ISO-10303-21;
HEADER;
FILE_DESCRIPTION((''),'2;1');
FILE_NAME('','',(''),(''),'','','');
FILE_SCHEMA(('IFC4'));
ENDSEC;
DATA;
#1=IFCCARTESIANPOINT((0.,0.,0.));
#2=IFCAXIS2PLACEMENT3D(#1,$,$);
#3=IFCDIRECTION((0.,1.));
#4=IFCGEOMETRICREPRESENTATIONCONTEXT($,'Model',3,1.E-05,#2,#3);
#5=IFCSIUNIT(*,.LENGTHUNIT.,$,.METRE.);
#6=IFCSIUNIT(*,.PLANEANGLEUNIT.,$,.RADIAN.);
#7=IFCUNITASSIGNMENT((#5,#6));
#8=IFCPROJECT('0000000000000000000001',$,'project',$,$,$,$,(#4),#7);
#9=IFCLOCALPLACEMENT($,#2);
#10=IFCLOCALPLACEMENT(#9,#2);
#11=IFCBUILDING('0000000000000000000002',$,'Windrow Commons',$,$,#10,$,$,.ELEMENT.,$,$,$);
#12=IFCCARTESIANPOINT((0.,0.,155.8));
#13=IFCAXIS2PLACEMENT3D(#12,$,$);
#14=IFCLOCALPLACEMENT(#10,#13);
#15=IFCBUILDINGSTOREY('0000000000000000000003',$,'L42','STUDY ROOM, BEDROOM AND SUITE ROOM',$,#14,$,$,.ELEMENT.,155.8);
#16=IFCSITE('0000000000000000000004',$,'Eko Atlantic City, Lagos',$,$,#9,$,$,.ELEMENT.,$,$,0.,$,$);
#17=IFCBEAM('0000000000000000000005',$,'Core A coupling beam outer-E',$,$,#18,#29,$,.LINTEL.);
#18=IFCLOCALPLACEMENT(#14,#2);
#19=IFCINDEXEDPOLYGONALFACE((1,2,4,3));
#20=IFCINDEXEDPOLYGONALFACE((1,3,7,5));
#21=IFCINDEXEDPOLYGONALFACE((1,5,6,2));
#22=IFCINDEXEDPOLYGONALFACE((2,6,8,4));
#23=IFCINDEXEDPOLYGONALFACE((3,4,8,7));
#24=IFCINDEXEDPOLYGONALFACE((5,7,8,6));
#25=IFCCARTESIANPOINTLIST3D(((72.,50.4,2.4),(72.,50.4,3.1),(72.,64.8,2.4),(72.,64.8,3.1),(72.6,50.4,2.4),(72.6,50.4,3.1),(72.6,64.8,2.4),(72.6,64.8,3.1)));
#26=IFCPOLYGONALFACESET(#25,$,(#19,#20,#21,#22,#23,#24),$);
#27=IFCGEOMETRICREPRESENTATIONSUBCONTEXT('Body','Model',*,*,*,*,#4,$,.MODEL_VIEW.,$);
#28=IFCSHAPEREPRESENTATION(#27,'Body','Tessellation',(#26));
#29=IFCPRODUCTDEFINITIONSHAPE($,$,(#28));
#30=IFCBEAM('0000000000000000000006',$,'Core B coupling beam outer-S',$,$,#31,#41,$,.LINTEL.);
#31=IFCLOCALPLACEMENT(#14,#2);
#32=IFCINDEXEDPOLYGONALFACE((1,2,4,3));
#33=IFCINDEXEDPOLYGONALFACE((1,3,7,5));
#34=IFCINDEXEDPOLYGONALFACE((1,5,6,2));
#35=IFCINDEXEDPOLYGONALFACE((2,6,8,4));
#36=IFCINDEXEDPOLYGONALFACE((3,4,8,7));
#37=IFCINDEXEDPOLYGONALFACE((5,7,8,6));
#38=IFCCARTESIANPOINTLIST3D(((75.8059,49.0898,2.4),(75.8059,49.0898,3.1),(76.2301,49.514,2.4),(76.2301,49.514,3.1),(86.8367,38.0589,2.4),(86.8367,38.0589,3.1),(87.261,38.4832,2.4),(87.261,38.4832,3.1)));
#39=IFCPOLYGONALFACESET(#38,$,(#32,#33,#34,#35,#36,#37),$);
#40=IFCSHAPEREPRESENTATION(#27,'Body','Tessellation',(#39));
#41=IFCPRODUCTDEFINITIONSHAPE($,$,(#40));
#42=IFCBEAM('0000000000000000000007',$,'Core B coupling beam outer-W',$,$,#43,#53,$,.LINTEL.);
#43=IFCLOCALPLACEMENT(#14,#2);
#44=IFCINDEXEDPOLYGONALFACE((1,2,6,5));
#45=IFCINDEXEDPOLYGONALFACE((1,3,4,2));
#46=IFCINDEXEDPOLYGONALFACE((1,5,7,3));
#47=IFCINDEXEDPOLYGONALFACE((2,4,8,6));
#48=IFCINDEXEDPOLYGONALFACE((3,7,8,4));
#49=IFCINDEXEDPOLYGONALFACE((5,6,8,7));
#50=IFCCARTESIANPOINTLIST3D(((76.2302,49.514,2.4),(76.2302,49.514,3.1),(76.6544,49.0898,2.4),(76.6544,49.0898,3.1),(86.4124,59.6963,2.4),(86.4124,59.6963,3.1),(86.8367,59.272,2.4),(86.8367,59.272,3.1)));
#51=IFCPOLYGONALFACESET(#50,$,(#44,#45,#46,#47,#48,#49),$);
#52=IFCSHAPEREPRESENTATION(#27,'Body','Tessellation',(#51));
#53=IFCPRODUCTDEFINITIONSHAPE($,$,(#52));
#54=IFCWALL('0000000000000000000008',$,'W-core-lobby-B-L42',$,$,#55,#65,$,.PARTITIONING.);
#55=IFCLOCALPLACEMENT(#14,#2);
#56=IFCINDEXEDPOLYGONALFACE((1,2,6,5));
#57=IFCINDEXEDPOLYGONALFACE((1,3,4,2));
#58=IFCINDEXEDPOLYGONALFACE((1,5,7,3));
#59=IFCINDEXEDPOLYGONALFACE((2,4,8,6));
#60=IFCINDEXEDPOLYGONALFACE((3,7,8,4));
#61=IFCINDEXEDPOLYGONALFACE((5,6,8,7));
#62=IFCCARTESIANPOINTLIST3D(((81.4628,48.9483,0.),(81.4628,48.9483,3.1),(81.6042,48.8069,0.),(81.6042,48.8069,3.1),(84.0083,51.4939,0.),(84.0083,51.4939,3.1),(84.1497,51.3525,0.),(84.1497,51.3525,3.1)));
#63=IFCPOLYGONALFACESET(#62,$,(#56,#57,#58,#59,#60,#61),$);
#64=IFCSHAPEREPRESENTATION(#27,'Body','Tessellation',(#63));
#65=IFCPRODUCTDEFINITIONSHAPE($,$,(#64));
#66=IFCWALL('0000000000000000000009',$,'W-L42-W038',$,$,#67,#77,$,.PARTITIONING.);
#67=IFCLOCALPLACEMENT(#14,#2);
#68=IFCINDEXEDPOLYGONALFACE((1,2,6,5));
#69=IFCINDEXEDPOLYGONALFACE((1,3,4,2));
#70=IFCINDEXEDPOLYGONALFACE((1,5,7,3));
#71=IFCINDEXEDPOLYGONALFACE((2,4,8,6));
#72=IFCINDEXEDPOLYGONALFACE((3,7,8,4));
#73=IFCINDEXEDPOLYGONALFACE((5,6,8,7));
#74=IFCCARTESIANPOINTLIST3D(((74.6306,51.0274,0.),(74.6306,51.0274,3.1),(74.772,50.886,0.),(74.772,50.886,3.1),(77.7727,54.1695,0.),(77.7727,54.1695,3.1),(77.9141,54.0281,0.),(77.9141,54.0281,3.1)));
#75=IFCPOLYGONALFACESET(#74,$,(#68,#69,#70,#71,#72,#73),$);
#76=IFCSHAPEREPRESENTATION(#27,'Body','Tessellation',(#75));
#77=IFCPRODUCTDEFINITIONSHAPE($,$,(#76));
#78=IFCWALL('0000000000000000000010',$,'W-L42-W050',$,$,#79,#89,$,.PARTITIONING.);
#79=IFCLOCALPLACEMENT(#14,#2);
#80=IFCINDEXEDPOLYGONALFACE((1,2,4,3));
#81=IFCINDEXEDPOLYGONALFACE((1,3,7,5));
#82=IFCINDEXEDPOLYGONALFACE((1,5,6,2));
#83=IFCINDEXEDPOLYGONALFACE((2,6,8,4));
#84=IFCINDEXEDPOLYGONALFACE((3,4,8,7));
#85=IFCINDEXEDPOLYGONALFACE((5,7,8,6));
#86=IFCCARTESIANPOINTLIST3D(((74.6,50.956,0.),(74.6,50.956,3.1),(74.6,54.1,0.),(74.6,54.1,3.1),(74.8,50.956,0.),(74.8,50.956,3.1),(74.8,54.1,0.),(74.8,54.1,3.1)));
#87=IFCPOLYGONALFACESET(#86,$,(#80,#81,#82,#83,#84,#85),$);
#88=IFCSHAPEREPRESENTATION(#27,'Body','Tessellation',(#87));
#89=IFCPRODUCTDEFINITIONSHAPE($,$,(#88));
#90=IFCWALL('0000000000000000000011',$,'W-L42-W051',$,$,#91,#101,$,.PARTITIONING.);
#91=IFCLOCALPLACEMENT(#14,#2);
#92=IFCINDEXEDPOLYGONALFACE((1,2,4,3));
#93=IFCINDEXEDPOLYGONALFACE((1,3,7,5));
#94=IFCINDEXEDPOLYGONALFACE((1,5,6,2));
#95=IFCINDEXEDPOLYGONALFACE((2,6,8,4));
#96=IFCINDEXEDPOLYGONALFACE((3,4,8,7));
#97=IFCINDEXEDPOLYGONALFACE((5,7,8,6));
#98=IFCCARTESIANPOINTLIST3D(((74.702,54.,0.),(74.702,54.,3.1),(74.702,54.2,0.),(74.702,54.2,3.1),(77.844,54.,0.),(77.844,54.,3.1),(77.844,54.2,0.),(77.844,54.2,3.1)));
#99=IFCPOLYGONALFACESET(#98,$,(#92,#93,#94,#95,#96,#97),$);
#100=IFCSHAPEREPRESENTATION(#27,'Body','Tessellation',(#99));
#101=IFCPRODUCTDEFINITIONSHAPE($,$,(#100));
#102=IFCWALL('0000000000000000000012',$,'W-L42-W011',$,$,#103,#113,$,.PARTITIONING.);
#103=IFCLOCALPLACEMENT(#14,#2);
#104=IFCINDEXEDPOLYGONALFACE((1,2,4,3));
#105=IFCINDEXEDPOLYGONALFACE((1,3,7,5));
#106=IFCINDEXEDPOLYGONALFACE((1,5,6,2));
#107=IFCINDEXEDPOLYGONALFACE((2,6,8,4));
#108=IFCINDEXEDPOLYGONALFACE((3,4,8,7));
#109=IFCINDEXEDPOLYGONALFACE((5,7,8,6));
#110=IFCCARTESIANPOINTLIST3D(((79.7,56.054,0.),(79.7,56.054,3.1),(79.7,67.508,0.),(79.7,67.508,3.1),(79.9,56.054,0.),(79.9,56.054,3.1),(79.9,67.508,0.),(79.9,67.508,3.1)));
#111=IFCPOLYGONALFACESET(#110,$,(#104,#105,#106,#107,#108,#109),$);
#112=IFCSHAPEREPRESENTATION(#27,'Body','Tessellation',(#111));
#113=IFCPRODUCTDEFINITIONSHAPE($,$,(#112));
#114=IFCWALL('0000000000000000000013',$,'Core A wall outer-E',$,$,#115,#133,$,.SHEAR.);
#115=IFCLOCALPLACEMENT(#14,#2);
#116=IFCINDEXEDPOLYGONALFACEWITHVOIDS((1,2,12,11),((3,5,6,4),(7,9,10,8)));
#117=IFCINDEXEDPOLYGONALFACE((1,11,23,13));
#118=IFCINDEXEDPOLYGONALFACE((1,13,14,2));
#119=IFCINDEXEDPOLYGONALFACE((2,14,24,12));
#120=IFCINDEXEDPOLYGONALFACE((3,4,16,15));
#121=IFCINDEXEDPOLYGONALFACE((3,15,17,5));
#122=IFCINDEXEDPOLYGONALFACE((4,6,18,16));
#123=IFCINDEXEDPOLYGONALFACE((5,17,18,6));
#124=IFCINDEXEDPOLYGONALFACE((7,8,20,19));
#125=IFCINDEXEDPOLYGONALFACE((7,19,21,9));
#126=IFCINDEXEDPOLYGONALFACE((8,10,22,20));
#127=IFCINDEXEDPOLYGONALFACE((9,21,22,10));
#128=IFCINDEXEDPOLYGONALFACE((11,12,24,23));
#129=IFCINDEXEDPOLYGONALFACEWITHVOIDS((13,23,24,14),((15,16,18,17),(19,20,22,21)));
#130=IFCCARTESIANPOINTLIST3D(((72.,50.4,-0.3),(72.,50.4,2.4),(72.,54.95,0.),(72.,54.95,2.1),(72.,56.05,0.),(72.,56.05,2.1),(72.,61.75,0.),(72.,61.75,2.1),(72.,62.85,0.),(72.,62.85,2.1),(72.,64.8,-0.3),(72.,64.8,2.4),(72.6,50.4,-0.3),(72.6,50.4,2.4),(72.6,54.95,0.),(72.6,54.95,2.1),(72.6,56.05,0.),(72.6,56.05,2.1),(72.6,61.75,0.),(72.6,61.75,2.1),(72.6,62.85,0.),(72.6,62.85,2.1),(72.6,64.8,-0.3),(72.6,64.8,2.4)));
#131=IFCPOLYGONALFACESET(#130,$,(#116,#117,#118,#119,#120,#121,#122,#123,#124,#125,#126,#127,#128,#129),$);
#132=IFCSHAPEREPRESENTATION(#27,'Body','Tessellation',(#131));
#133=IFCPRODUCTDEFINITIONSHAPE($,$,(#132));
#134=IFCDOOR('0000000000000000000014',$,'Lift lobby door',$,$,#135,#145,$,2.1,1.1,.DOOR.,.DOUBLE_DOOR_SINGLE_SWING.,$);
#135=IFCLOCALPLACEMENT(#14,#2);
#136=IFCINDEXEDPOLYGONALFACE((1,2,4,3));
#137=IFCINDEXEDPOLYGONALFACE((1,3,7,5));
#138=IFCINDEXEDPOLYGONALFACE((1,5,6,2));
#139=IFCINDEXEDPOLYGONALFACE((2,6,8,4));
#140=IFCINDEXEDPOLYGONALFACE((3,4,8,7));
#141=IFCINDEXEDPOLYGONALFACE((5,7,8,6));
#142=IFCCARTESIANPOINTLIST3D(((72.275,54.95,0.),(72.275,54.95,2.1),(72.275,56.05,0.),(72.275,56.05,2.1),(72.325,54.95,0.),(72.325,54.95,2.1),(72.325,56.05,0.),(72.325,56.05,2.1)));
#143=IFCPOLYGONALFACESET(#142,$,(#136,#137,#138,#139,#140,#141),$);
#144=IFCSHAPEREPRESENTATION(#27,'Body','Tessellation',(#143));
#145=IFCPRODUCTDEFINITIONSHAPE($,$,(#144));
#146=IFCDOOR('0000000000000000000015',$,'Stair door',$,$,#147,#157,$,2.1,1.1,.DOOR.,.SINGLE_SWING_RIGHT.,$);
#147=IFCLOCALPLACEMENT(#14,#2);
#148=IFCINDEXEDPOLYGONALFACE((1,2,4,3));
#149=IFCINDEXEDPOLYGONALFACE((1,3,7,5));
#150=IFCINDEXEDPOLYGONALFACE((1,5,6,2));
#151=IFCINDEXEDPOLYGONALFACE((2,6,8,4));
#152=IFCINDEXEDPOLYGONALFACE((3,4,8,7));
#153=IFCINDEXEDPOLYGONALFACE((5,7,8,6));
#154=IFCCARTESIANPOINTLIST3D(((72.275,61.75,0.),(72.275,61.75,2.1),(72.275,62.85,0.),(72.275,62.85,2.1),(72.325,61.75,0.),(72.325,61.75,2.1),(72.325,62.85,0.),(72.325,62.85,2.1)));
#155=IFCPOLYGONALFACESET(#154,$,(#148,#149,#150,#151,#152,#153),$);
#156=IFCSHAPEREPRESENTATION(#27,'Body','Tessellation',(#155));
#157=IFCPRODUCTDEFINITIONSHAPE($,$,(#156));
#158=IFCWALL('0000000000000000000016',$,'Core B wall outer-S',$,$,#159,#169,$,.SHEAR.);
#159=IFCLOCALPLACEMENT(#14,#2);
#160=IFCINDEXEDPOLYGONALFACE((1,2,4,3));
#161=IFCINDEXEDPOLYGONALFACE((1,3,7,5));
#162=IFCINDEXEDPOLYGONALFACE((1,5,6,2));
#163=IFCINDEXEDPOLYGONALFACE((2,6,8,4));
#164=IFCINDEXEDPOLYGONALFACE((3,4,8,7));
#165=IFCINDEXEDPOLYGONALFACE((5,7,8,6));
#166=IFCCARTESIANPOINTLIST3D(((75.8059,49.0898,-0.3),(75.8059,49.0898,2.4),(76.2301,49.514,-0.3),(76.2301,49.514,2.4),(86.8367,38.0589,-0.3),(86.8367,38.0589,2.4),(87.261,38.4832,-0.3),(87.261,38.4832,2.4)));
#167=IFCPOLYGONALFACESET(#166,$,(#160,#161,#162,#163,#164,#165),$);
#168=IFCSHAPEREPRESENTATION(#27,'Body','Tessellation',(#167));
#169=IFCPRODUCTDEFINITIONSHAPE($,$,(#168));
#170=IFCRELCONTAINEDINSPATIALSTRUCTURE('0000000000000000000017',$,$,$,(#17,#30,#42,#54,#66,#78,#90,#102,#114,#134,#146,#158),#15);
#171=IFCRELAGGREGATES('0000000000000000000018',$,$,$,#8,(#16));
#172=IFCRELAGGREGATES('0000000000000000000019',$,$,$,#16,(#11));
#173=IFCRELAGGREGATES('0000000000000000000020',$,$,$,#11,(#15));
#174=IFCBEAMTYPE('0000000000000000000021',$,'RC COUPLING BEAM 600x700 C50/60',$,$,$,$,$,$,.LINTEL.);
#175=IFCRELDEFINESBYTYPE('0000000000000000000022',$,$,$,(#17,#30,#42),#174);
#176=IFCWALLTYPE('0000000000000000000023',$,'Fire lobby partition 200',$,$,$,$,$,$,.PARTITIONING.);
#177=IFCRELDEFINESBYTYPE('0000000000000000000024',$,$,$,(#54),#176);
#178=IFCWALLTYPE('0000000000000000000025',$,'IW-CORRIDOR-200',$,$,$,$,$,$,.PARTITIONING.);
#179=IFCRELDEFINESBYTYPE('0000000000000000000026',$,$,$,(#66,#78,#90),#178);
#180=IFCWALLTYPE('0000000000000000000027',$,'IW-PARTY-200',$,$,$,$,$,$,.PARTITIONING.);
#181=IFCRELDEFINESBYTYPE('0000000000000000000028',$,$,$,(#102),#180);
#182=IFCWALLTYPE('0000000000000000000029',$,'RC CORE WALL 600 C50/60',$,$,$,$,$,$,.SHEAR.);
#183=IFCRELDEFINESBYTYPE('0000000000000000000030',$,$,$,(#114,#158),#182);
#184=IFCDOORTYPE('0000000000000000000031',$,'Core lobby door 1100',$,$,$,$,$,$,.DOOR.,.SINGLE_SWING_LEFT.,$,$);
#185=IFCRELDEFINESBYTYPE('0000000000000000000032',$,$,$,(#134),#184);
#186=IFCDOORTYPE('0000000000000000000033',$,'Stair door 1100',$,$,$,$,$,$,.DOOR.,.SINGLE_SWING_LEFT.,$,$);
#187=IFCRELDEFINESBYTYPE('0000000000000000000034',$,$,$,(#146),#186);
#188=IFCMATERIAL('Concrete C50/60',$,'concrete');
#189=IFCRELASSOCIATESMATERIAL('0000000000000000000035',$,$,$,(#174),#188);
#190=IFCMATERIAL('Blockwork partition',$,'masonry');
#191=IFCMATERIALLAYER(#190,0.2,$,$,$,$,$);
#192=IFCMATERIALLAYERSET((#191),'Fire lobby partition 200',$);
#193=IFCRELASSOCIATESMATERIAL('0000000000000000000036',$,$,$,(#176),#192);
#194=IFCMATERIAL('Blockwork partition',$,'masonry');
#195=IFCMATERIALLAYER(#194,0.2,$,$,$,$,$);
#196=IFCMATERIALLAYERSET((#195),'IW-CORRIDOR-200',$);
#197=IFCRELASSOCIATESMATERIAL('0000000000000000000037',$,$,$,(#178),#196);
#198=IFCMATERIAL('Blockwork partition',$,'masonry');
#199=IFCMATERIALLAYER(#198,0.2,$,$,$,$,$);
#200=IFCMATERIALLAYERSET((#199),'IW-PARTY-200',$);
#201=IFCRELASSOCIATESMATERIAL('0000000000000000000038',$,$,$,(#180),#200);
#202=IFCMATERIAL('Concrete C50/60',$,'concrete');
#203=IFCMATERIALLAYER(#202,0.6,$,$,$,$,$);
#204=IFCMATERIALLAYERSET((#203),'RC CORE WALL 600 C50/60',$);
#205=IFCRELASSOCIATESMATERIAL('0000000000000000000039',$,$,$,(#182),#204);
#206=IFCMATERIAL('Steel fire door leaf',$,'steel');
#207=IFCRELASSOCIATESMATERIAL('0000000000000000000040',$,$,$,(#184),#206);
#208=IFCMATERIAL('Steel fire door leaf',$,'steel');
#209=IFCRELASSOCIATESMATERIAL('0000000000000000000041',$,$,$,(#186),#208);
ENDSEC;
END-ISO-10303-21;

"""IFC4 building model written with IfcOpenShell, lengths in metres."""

from ifc_helpers import new_model, si_unit, direction, frame, frame_2d, origin, origin_2d, place, context, subcontext, project, spatial, rectangle, extrude, material, layer, layer_set, material_profile, profile_set, type_object, element, fill, save


model = new_model("IFC4")

# Units and contexts
model_context = context("Model", 3, precision=1e-05, world=origin(), true_north=direction((0.0, 1.0)))
body_context = subcontext(model_context, "Body", "Model", "MODEL_VIEW")
ifc_project = project(units=[si_unit("LENGTHUNIT", "METRE"), si_unit("PLANEANGLEUNIT", "RADIAN")], contexts=[model_context])

# Site, building, storey
site_placement = place(None, origin())
site = spatial("IfcSite", under=ifc_project, at=site_placement, Name="Eko Atlantic City, Lagos", CompositionType="ELEMENT", RefElevation=0.0)
building_placement = place(site_placement, origin())
building = spatial("IfcBuilding", under=site, at=building_placement, Name="Windrow Commons", CompositionType="ELEMENT")
storey_placement = place(building_placement, frame((0.0, 0.0, 155.8)))
storey = spatial("IfcBuildingStorey", under=building, at=storey_placement, Name="L42", Description="STUDY ROOM, BEDROOM AND SUITE ROOM", CompositionType="ELEMENT", Elevation=155.8)

# Beams
ifc_material_1 = material(Name="Concrete C50/60", Category="concrete")
ifc_material_profile = material_profile(ifc_material_1, rectangle(XDim=0.6, YDim=0.7, at=origin_2d()))
ifc_profile_set = profile_set([ifc_material_profile], Name="Concrete C50/60")
beam_type = type_object("IfcBeamType", Name="RC COUPLING BEAM 600x700 C50/60", PredefinedType="LINTEL", material=ifc_profile_set)
beam_1_placement = place(storey_placement, frame((72.3, 50.4, 2.75), z_axis=(0.0, 1.0, 0.0), x_axis=(-1.0, 0.0, 0.0)))
element("IfcBeam", 1, at=beam_1_placement, inside=storey, type_object=beam_type, Name="Core A coupling beam outer-E", PredefinedType="LINTEL", context=body_context, shape_type="SweptSolid", body=[
    extrude(rectangle(XDim=0.6, YDim=0.7, at=origin_2d()), origin(), (0.0, 0.0, 1.0), 14.4),
])
beam_2_placement = place(storey_placement, frame((76.018, 49.3019, 2.75), z_axis=(0.707107, -0.707107, 0.0), x_axis=(0.707107, 0.707107, 0.0)))
element("IfcBeam", 2, at=beam_2_placement, inside=storey, type_object=beam_type, Name="Core B coupling beam outer-S", PredefinedType="LINTEL", context=body_context, shape_type="SweptSolid", body=[
    extrude(rectangle(XDim=0.6, YDim=0.7, at=origin_2d()), origin(), (0.0, 0.0, 1.0), 15.6),
])
beam_3_placement = place(storey_placement, frame((76.4423, 49.3019, 2.75), z_axis=(0.707107, 0.707107, 0.0), x_axis=(-0.707107, 0.707107, 0.0)))
element("IfcBeam", 3, at=beam_3_placement, inside=storey, type_object=beam_type, Name="Core B coupling beam outer-W", PredefinedType="LINTEL", context=body_context, shape_type="SweptSolid", body=[
    extrude(rectangle(XDim=0.6, YDim=0.7, at=origin_2d()), origin(), (0.0, 0.0, 1.0), 14.3999),
])

# Walls
ifc_material_2 = material(Name="Blockwork partition", Category="masonry")
ifc_layer_1 = layer(ifc_material_2, 0.2)
ifc_layer_set_1 = layer_set([ifc_layer_1], Name="Fire lobby partition 200")
wall_type_1 = type_object("IfcWallType", Name="Fire lobby partition 200", PredefinedType="PARTITIONING", material=ifc_layer_set_1)
wall_1_placement = place(storey_placement, frame((81.5335, 48.8776, 0.0), z_axis=(0.0, 0.0, 1.0), x_axis=(0.707093, 0.707121, 0.0)))
element("IfcWall", 4, at=wall_1_placement, inside=storey, type_object=wall_type_1, Name="W-core-lobby-B-L42", PredefinedType="PARTITIONING", context=body_context, shape_type="SweptSolid", body=[
    extrude(rectangle(XDim=3.6, YDim=0.2, at=frame_2d((1.8, 0.0))), origin(), (0.0, 0.0, 1.0), 3.1),
])
ifc_material_3 = material(Name="Blockwork partition", Category="masonry")
ifc_layer_2 = layer(ifc_material_3, 0.2)
ifc_layer_set_2 = layer_set([ifc_layer_2], Name="IW-CORRIDOR-200")
wall_type_2 = type_object("IfcWallType", Name="IW-CORRIDOR-200", PredefinedType="PARTITIONING", material=ifc_layer_set_2)
wall_2_placement = place(storey_placement, frame((74.7013, 50.9567, 0.0), z_axis=(0.0, 0.0, 1.0), x_axis=(0.707107, 0.707107, 0.0)))
element("IfcWall", 5, at=wall_2_placement, inside=storey, type_object=wall_type_2, Name="W-L42-W038", PredefinedType="PARTITIONING", context=body_context, shape_type="SweptSolid", body=[
    extrude(rectangle(XDim=4.4435, YDim=0.2, at=frame_2d((2.2218, 0.0))), origin(), (0.0, 0.0, 1.0), 3.1),
])
wall_3_placement = place(storey_placement, frame((74.7, 50.956, 0.0), z_axis=(0.0, 0.0, 1.0), x_axis=(0.0, 1.0, 0.0)))
element("IfcWall", 6, at=wall_3_placement, inside=storey, type_object=wall_type_2, Name="W-L42-W050", PredefinedType="PARTITIONING", context=body_context, shape_type="SweptSolid", body=[
    extrude(rectangle(XDim=3.144, YDim=0.2, at=frame_2d((1.572, 0.0))), origin(), (0.0, 0.0, 1.0), 3.1),
])
wall_4_placement = place(storey_placement, frame((74.702, 54.1, 0.0), z_axis=(0.0, 0.0, 1.0), x_axis=(1.0, 0.0, 0.0)))
element("IfcWall", 7, at=wall_4_placement, inside=storey, type_object=wall_type_2, Name="W-L42-W051", PredefinedType="PARTITIONING", context=body_context, shape_type="SweptSolid", body=[
    extrude(rectangle(XDim=3.142, YDim=0.2, at=frame_2d((1.571, 0.0))), origin(), (0.0, 0.0, 1.0), 3.1),
])
ifc_material_4 = material(Name="Blockwork partition", Category="masonry")
ifc_layer_3 = layer(ifc_material_4, 0.2)
ifc_layer_set_3 = layer_set([ifc_layer_3], Name="IW-PARTY-200")
wall_type_3 = type_object("IfcWallType", Name="IW-PARTY-200", PredefinedType="PARTITIONING", material=ifc_layer_set_3)
wall_5_placement = place(storey_placement, frame((79.8, 56.054, 0.0), z_axis=(0.0, 0.0, 1.0), x_axis=(0.0, 1.0, 0.0)))
element("IfcWall", 8, at=wall_5_placement, inside=storey, type_object=wall_type_3, Name="W-L42-W011", PredefinedType="PARTITIONING", context=body_context, shape_type="SweptSolid", body=[
    extrude(rectangle(XDim=11.454, YDim=0.2, at=frame_2d((5.727, 0.0))), origin(), (0.0, 0.0, 1.0), 3.1),
])

# Wall, openings, doors
ifc_material_5 = material(Name="Concrete C50/60", Category="concrete")
ifc_layer_4 = layer(ifc_material_5, 0.6)
ifc_layer_set_4 = layer_set([ifc_layer_4], Name="RC CORE WALL 600 C50/60")
wall_type_4 = type_object("IfcWallType", Name="RC CORE WALL 600 C50/60", PredefinedType="SHEAR", material=ifc_layer_set_4)
wall_6_placement = place(storey_placement, frame((72.3, 50.4, -0.3), z_axis=(0.0, 0.0, 1.0), x_axis=(0.0, 1.0, 0.0)))
wall_6 = element("IfcWall", 9, at=wall_6_placement, inside=storey, type_object=wall_type_4, Name="Core A wall outer-E", PredefinedType="SHEAR", context=body_context, shape_type="SweptSolid", body=[
    extrude(rectangle(XDim=14.4, YDim=0.6, at=frame_2d((7.2, 0.0))), origin(), (0.0, 0.0, 1.0), 2.7),
])
opening_1_placement = place(wall_6_placement, frame((4.55, 0.0, 0.3)))
opening_1 = element("IfcOpeningElement", 10, at=opening_1_placement, cuts=wall_6, PredefinedType="OPENING", context=body_context, shape_type="SweptSolid", body=[
    extrude(rectangle(XDim=1.1, YDim=2.1, at=frame_2d((0.55, 1.05))), frame((0.0, 0.31, 0.0), z_axis=(0.0, -1.0, 0.0), x_axis=(1.0, 0.0, 0.0)), (0.0, 0.0, 1.0), 0.62),
])
opening_2_placement = place(wall_6_placement, frame((11.35, 0.0, 0.3)))
opening_2 = element("IfcOpeningElement", 11, at=opening_2_placement, cuts=wall_6, PredefinedType="OPENING", context=body_context, shape_type="SweptSolid", body=[
    extrude(rectangle(XDim=1.1, YDim=2.1, at=frame_2d((0.55, 1.05))), frame((0.0, 0.31, 0.0), z_axis=(0.0, -1.0, 0.0), x_axis=(1.0, 0.0, 0.0)), (0.0, 0.0, 1.0), 0.62),
])
ifc_material_6 = material(Name="Steel fire door leaf", Category="steel")
door_type_1 = type_object("IfcDoorType", Name="Core lobby door 1100", OperationType="SINGLE_SWING_LEFT", PredefinedType="DOOR", material=ifc_material_6)
door_1_placement = place(opening_1_placement, origin())
door_1 = element("IfcDoor", 12, at=door_1_placement, inside=storey, type_object=door_type_1, Name="Lift lobby door", OperationType="DOUBLE_DOOR_SINGLE_SWING", OverallHeight=2.1, OverallWidth=1.1, PredefinedType="DOOR", context=body_context, shape_type="SweptSolid", body=[
    extrude(rectangle(XDim=1.1, YDim=2.1, at=frame_2d((0.55, 1.05))), frame((0.0, 0.025, 0.0), z_axis=(0.0, -1.0, 0.0), x_axis=(1.0, 0.0, 0.0)), (0.0, 0.0, 1.0), 0.05),
])
fill(opening_1, door_1)
ifc_material_7 = material(Name="Steel fire door leaf", Category="steel")
door_type_2 = type_object("IfcDoorType", Name="Stair door 1100", OperationType="SINGLE_SWING_LEFT", PredefinedType="DOOR", material=ifc_material_7)
door_2_placement = place(opening_2_placement, origin())
door_2 = element("IfcDoor", 13, at=door_2_placement, inside=storey, type_object=door_type_2, Name="Stair door", OperationType="SINGLE_SWING_RIGHT", OverallHeight=2.1, OverallWidth=1.1, PredefinedType="DOOR", context=body_context, shape_type="SweptSolid", body=[
    extrude(rectangle(XDim=1.1, YDim=2.1, at=frame_2d((0.55, 1.05))), frame((0.0, 0.025, 0.0), z_axis=(0.0, -1.0, 0.0), x_axis=(1.0, 0.0, 0.0)), (0.0, 0.0, 1.0), 0.05),
])
fill(opening_2, door_2)

# Wall
wall_7_placement = place(storey_placement, frame((76.018, 49.3019, -0.3), z_axis=(0.0, 0.0, 1.0), x_axis=(0.707107, -0.707107, 0.0)))
element("IfcWall", 14, at=wall_7_placement, inside=storey, type_object=wall_type_4, Name="Core B wall outer-S", PredefinedType="SHEAR", context=body_context, shape_type="SweptSolid", body=[
    extrude(rectangle(XDim=15.6, YDim=0.6, at=frame_2d((7.8, 0.0))), origin(), (0.0, 0.0, 1.0), 2.7),
])

save(model, "model.ifc")
